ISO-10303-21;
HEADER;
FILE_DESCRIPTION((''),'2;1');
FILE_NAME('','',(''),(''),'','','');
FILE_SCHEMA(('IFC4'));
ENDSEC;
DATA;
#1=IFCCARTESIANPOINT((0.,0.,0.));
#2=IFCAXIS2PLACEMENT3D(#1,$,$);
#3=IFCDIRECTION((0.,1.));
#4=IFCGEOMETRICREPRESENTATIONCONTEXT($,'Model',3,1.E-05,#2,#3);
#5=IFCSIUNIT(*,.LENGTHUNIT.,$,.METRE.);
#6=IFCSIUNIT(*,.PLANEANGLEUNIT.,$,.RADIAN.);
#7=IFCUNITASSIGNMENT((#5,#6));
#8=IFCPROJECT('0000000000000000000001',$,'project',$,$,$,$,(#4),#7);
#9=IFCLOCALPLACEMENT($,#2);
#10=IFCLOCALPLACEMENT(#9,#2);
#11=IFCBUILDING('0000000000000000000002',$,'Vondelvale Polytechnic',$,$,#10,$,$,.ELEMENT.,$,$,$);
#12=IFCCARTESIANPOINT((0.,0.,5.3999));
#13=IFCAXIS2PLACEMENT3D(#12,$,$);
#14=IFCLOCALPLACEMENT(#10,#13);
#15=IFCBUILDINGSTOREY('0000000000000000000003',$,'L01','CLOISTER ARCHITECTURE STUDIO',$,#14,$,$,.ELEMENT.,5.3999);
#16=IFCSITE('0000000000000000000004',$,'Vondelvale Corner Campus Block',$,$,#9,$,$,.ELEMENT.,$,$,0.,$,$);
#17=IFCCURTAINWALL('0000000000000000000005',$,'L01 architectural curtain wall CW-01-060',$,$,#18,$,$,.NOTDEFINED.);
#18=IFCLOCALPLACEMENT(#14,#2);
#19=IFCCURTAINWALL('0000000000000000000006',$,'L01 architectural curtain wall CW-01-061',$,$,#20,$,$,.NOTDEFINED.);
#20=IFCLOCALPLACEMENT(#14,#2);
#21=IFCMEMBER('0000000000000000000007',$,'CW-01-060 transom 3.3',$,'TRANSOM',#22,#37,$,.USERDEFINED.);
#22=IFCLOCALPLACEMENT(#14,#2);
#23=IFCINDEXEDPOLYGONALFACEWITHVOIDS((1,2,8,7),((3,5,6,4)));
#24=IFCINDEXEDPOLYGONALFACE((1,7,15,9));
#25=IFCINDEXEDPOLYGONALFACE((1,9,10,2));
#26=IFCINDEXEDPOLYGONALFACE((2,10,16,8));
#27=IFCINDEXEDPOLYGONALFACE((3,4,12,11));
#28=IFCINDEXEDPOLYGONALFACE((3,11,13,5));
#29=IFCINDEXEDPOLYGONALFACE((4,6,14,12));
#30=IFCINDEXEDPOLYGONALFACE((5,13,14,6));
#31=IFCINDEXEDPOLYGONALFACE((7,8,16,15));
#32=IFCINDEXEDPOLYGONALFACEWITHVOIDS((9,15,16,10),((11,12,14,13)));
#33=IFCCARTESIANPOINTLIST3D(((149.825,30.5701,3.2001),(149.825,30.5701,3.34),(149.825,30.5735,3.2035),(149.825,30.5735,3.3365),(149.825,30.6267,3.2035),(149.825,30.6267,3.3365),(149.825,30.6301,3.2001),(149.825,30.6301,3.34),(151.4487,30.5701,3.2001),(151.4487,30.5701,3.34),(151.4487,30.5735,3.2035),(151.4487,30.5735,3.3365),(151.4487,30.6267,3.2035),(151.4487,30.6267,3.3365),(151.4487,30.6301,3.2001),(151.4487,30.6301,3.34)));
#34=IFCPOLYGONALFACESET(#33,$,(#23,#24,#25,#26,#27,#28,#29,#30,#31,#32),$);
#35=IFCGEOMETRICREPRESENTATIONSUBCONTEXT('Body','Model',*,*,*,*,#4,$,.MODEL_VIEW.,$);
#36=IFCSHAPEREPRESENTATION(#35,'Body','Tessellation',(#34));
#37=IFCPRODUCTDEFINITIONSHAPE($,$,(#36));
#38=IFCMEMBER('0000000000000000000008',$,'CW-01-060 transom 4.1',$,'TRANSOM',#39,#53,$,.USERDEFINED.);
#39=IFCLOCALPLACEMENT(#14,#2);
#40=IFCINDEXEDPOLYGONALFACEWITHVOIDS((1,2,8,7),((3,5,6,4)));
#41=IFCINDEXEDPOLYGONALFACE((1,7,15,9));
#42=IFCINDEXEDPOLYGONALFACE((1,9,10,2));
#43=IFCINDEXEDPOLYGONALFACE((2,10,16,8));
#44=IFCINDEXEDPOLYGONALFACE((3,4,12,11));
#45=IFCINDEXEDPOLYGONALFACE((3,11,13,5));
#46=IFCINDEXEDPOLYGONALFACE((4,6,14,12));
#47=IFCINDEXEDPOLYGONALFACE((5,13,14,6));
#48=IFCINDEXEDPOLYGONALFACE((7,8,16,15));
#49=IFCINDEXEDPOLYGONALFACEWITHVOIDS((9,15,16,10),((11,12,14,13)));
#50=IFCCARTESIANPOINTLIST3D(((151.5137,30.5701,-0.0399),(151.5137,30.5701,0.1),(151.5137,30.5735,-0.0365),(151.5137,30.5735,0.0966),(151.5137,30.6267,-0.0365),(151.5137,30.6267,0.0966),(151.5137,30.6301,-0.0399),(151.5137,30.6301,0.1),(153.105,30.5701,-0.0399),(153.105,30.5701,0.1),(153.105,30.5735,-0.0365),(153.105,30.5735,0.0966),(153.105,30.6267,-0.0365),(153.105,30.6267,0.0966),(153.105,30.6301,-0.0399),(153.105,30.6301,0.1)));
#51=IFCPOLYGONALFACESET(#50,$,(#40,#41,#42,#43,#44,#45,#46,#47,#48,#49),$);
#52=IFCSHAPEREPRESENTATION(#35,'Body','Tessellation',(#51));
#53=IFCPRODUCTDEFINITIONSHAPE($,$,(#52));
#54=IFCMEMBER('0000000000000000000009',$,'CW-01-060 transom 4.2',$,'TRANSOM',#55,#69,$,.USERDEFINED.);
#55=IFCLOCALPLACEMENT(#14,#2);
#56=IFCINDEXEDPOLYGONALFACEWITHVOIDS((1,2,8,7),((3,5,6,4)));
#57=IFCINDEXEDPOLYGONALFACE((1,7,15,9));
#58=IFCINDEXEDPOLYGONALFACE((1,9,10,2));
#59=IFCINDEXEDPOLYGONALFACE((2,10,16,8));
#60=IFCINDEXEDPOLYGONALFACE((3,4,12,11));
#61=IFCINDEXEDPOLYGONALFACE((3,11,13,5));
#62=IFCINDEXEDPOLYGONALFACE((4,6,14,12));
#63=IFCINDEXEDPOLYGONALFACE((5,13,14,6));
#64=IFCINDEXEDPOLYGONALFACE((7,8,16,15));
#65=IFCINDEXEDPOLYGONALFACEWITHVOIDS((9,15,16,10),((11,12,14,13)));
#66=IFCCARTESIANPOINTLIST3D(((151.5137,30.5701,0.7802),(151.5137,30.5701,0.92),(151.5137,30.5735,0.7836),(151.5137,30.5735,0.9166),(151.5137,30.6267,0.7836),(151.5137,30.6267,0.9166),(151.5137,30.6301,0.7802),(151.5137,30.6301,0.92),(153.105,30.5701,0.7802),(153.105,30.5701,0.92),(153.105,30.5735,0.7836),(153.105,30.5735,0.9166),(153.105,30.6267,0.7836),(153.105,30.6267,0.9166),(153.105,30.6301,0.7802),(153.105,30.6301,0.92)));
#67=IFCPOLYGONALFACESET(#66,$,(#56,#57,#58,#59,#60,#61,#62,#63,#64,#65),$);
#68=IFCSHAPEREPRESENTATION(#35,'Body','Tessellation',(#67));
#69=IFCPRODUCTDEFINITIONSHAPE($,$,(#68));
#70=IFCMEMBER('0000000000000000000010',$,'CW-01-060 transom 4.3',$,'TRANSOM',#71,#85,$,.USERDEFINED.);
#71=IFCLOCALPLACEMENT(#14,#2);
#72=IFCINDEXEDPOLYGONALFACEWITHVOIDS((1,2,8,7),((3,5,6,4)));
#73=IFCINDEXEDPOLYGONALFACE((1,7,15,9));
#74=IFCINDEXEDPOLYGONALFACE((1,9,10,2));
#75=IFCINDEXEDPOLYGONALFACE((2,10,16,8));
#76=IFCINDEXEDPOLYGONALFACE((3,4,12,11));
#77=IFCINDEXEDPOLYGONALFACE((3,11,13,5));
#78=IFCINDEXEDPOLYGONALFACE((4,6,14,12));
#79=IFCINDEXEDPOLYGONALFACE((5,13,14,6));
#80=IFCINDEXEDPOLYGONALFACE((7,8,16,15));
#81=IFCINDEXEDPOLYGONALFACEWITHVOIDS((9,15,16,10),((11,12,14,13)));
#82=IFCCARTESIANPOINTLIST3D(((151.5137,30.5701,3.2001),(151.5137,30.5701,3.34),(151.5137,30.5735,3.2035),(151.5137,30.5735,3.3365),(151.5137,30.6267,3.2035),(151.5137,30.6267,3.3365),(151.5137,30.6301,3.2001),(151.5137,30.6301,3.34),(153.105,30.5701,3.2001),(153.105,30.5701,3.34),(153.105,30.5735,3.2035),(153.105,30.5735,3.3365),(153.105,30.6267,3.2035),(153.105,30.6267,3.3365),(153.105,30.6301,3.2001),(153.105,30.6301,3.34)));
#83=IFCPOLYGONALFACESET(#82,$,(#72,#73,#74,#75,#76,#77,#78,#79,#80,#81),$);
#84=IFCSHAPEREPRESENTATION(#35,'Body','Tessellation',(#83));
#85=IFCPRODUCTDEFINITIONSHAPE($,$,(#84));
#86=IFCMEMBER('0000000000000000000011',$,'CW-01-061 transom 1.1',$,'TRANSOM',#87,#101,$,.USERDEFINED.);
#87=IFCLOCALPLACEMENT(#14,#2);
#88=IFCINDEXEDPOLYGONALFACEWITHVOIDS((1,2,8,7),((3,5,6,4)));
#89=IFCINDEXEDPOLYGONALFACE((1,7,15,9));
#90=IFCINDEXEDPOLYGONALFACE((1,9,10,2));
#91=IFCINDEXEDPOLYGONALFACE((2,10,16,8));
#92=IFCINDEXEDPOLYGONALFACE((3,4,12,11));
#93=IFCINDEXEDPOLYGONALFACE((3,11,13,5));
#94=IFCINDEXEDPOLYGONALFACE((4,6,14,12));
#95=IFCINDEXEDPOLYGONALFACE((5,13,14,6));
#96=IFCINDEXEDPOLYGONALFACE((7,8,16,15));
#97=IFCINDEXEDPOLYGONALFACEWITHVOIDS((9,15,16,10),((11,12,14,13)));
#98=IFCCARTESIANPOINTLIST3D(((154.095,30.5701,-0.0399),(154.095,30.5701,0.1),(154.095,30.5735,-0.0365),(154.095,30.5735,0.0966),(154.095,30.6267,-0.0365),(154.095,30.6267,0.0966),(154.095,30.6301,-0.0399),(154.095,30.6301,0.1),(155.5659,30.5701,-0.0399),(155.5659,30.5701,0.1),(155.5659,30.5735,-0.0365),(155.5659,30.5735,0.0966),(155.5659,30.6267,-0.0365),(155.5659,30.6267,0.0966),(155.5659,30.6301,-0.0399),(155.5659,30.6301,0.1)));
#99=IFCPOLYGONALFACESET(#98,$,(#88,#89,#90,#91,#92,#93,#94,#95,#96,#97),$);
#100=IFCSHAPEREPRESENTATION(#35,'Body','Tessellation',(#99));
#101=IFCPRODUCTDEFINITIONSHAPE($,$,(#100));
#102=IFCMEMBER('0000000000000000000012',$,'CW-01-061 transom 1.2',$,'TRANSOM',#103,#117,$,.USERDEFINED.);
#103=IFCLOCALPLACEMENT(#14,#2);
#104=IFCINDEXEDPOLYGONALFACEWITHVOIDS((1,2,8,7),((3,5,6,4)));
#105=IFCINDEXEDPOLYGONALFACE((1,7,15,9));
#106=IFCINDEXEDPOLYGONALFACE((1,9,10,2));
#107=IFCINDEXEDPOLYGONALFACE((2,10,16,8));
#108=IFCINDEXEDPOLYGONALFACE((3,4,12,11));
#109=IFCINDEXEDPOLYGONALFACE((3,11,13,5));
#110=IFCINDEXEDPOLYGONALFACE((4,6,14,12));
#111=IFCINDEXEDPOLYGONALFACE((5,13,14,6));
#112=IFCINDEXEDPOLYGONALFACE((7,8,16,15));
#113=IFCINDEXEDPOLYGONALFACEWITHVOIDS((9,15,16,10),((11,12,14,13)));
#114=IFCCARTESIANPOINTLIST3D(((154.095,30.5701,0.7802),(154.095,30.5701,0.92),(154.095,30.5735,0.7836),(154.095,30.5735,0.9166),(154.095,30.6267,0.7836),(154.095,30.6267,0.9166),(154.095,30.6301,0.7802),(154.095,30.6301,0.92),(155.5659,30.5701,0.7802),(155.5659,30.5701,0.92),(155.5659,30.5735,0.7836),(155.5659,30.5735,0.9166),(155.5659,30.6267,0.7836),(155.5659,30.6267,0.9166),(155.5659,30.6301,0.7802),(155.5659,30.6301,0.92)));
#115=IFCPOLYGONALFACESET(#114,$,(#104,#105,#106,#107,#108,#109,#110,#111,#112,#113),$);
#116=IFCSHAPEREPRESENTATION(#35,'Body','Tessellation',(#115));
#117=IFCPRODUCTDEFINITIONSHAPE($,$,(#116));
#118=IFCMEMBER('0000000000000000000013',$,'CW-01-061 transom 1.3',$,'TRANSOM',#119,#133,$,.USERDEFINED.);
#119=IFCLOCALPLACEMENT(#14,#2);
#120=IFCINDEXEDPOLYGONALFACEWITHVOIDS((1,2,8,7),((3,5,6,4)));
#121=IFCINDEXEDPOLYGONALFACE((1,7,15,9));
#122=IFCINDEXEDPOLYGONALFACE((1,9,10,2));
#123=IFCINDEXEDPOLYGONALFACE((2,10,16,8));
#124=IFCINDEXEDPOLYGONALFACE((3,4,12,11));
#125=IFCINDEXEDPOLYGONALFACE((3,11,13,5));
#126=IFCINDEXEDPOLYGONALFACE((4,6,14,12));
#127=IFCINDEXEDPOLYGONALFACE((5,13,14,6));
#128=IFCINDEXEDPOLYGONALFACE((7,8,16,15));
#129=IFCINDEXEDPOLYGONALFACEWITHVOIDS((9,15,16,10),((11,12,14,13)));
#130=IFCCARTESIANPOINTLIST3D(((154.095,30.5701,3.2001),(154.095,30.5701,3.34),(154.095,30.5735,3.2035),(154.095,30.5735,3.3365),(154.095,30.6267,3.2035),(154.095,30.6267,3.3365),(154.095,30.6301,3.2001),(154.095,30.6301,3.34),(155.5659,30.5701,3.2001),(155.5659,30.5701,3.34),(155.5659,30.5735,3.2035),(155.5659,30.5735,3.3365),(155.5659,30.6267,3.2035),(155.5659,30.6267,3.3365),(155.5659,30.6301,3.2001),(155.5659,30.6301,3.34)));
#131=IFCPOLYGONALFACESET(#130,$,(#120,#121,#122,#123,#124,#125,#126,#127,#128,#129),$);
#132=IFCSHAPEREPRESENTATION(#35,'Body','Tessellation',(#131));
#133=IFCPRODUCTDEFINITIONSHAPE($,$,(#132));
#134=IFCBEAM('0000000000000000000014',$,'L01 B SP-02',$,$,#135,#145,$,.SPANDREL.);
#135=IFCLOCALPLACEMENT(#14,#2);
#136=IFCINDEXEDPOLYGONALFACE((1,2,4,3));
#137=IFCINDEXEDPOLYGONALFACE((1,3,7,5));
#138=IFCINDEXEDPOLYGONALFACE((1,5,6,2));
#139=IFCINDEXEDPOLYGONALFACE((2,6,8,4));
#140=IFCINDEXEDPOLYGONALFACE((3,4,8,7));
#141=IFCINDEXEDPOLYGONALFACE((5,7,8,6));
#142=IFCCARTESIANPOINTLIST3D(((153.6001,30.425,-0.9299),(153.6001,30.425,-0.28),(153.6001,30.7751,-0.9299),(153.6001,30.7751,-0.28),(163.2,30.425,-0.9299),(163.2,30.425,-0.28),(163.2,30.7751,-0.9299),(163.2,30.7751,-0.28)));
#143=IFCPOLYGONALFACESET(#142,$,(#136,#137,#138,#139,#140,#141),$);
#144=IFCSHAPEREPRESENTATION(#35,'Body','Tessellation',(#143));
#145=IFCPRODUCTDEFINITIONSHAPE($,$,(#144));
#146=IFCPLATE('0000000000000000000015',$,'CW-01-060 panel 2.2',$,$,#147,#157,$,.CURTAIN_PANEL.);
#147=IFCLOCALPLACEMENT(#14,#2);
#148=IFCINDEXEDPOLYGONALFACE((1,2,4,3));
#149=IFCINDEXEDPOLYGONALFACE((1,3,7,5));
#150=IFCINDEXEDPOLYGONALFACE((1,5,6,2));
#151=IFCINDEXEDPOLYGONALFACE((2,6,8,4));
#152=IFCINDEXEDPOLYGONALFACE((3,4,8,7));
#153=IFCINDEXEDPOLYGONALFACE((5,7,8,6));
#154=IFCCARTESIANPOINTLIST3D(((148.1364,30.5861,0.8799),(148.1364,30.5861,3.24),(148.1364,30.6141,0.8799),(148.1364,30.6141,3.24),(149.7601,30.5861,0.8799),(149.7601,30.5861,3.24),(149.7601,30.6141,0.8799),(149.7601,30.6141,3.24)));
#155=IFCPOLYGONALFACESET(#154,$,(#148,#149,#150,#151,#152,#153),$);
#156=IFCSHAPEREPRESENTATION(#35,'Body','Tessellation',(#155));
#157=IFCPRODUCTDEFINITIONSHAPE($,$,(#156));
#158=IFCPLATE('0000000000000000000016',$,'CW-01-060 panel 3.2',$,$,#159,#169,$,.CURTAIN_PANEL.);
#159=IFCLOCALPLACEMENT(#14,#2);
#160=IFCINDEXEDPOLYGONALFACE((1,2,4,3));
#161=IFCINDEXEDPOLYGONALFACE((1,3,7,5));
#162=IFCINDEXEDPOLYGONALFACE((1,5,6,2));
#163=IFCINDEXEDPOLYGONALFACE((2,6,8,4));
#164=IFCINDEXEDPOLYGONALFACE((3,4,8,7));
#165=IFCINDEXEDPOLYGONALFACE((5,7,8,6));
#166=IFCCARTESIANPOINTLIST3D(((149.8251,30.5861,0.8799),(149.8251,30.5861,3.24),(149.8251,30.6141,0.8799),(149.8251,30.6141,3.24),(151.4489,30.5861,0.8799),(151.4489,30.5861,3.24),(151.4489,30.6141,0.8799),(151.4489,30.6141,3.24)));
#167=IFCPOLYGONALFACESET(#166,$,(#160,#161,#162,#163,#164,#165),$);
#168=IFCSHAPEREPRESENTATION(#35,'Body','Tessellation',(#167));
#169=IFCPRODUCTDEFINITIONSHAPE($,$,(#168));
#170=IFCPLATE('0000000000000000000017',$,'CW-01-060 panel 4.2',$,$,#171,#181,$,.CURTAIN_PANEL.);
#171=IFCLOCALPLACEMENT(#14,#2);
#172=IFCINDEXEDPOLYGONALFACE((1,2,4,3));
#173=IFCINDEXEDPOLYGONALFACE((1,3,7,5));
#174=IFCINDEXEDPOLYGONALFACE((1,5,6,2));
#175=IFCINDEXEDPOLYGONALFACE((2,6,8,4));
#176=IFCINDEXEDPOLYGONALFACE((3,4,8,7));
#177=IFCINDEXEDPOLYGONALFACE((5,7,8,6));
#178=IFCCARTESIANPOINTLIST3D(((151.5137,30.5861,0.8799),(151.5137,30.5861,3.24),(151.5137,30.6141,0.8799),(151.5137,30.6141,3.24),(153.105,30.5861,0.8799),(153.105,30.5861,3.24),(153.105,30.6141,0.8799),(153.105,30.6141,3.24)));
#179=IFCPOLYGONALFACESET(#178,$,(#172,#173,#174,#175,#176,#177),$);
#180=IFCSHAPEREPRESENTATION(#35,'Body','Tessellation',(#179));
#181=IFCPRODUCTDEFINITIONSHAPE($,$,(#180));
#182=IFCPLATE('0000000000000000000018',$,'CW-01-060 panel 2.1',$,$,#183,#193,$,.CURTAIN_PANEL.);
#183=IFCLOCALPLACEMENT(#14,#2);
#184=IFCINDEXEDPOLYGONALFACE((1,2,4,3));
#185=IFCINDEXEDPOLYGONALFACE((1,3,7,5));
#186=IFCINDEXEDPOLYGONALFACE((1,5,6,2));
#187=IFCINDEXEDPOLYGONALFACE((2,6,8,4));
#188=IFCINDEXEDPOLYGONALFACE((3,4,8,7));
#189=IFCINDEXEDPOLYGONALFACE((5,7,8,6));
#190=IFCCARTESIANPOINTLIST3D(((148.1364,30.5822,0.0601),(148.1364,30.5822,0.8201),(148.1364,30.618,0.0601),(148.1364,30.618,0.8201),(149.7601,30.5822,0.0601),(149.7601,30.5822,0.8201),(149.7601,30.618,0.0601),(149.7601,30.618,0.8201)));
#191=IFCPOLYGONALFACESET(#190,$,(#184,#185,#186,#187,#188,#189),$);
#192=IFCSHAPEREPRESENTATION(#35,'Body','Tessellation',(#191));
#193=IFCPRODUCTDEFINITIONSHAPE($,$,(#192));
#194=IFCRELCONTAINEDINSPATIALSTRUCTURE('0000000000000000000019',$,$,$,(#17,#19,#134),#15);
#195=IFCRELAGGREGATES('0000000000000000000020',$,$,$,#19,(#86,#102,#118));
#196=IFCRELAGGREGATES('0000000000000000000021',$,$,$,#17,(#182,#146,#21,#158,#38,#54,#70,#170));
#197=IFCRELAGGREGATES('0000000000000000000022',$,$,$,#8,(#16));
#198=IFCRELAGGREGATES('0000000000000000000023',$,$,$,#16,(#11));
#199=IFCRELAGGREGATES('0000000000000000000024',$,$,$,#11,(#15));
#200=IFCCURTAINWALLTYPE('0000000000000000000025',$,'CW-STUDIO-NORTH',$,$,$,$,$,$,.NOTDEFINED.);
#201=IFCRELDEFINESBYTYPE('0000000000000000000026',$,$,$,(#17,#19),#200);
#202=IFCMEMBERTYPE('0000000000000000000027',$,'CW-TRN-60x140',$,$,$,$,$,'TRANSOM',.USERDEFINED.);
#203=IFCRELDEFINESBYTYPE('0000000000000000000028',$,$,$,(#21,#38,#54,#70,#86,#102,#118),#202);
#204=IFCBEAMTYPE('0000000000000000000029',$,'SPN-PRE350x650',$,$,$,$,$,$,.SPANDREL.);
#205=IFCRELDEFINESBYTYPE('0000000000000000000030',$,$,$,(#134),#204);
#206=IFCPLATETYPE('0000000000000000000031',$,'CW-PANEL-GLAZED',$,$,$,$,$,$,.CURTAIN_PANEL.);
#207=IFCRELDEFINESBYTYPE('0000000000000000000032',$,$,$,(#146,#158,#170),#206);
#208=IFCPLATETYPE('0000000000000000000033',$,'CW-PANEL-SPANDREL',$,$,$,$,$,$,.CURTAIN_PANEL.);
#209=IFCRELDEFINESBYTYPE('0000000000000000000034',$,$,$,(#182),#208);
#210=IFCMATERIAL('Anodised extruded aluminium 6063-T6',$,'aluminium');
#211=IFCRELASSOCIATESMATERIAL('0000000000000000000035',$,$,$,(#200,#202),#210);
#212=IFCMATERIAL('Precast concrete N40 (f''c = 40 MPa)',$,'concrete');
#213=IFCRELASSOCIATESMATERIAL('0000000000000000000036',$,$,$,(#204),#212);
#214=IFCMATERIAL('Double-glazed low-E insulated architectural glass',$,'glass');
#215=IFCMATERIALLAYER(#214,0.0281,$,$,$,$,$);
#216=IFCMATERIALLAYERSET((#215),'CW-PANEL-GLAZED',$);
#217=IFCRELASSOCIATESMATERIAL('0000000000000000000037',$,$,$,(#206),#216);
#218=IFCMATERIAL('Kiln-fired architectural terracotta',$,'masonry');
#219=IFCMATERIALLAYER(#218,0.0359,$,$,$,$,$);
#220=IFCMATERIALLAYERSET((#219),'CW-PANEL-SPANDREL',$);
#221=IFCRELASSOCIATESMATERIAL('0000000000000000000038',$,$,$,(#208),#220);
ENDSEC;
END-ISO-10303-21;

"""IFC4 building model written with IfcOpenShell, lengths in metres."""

from ifc_helpers import new_model, si_unit, direction, frame, origin, origin_2d, place, context, subcontext, project, spatial, rectangle, hollow_rectangle, extrude, material, layer, layer_set, material_profile, profile_set, type_object, element, aggregate, save


model = new_model("IFC4")

# Units and contexts
model_context = context("Model", 3, precision=1e-05, world=origin(), true_north=direction((0.0, 1.0)))
body_context = subcontext(model_context, "Body", "Model", "MODEL_VIEW")
ifc_project = project(units=[si_unit("LENGTHUNIT", "METRE"), si_unit("PLANEANGLEUNIT", "RADIAN")], contexts=[model_context])

# Site, building, storey
site_placement = place(None, origin())
site = spatial("IfcSite", under=ifc_project, at=site_placement, Name="Vondelvale Corner Campus Block", CompositionType="ELEMENT", RefElevation=0.0)
building_placement = place(site_placement, origin())
building = spatial("IfcBuilding", under=site, at=building_placement, Name="Vondelvale Polytechnic", CompositionType="ELEMENT")
storey_placement = place(building_placement, frame((0.0, 0.0, 5.3999)))
storey = spatial("IfcBuildingStorey", under=building, at=storey_placement, Name="L01", Description="CLOISTER ARCHITECTURE STUDIO", CompositionType="ELEMENT", Elevation=5.3999)

# Curtain wall
ifc_material_1 = material(Name="Anodised extruded aluminium 6063-T6", Category="aluminium")
curtain_wall_type = type_object("IfcCurtainWallType", Name="CW-STUDIO-NORTH", PredefinedType="NOTDEFINED", material=ifc_material_1)
curtain_wall_1_placement = place(storey_placement, origin())
curtain_wall_1 = element("IfcCurtainWall", 1, at=curtain_wall_1_placement, inside=storey, type_object=curtain_wall_type, Name="L01 architectural curtain wall CW-01-060", PredefinedType="NOTDEFINED")

# Curtain wall
curtain_wall_2_placement = place(storey_placement, origin())
curtain_wall_2 = element("IfcCurtainWall", 2, at=curtain_wall_2_placement, inside=storey, type_object=curtain_wall_type, Name="L01 architectural curtain wall CW-01-061", PredefinedType="NOTDEFINED")

# Members
ifc_material_profile_1 = material_profile(ifc_material_1, hollow_rectangle(XDim=0.0601, YDim=0.1399, WallThickness=0.0034, at=origin_2d()), Name="CW-TRN-140x60")
ifc_profile_set_1 = profile_set([ifc_material_profile_1], Name="Anodised extruded aluminium 6063-T6")
member_type_1 = type_object("IfcMemberType", Name="CW-TRN-60x140", ElementType="TRANSOM", PredefinedType="USERDEFINED", material=ifc_profile_set_1)
member_1_placement = place(storey_placement, frame((149.825, 30.6001, 3.27), z_axis=(1.0, 0.0, 0.0), x_axis=(0.0, 1.0, 0.0)))
member_1 = element("IfcMember", 3, at=member_1_placement, type_object=member_type_1, Name="CW-01-060 transom 3.3", ObjectType="TRANSOM", PredefinedType="USERDEFINED", context=body_context, shape_type="SweptSolid", body=[
    extrude(hollow_rectangle(XDim=0.0601, YDim=0.1399, WallThickness=0.0034, at=origin_2d()), origin(), (0.0, 0.0, 1.0), 1.6238),
])
member_2_placement = place(storey_placement, frame((151.5137, 30.6001, 0.03), z_axis=(1.0, 0.0, 0.0), x_axis=(0.0, 1.0, 0.0)))
member_2 = element("IfcMember", 4, at=member_2_placement, type_object=member_type_1, Name="CW-01-060 transom 4.1", ObjectType="TRANSOM", PredefinedType="USERDEFINED", context=body_context, shape_type="SweptSolid", body=[
    extrude(hollow_rectangle(XDim=0.0601, YDim=0.1399, WallThickness=0.0034, at=origin_2d()), origin(), (0.0, 0.0, 1.0), 1.5913),
])
member_3_placement = place(storey_placement, frame((151.5137, 30.6001, 0.8501), z_axis=(1.0, 0.0, 0.0), x_axis=(0.0, 1.0, 0.0)))
member_3 = element("IfcMember", 5, at=member_3_placement, type_object=member_type_1, Name="CW-01-060 transom 4.2", ObjectType="TRANSOM", PredefinedType="USERDEFINED", context=body_context, shape_type="SweptSolid", body=[
    extrude(hollow_rectangle(XDim=0.0601, YDim=0.1399, WallThickness=0.0034, at=origin_2d()), origin(), (0.0, 0.0, 1.0), 1.5913),
])
member_4_placement = place(storey_placement, frame((151.5137, 30.6001, 3.27), z_axis=(1.0, 0.0, 0.0), x_axis=(0.0, 1.0, 0.0)))
member_4 = element("IfcMember", 6, at=member_4_placement, type_object=member_type_1, Name="CW-01-060 transom 4.3", ObjectType="TRANSOM", PredefinedType="USERDEFINED", context=body_context, shape_type="SweptSolid", body=[
    extrude(hollow_rectangle(XDim=0.0601, YDim=0.1399, WallThickness=0.0034, at=origin_2d()), origin(), (0.0, 0.0, 1.0), 1.5913),
])
member_5_placement = place(storey_placement, frame((154.095, 30.6001, 0.03), z_axis=(1.0, 0.0, 0.0), x_axis=(0.0, 1.0, 0.0)))
member_5 = element("IfcMember", 7, at=member_5_placement, type_object=member_type_1, Name="CW-01-061 transom 1.1", ObjectType="TRANSOM", PredefinedType="USERDEFINED", context=body_context, shape_type="SweptSolid", body=[
    extrude(hollow_rectangle(XDim=0.0601, YDim=0.1399, WallThickness=0.0034, at=origin_2d()), origin(), (0.0, 0.0, 1.0), 1.4709),
])
member_6_placement = place(storey_placement, frame((154.095, 30.6001, 0.8501), z_axis=(1.0, 0.0, 0.0), x_axis=(0.0, 1.0, 0.0)))
member_6 = element("IfcMember", 8, at=member_6_placement, type_object=member_type_1, Name="CW-01-061 transom 1.2", ObjectType="TRANSOM", PredefinedType="USERDEFINED", context=body_context, shape_type="SweptSolid", body=[
    extrude(hollow_rectangle(XDim=0.0601, YDim=0.1399, WallThickness=0.0034, at=origin_2d()), origin(), (0.0, 0.0, 1.0), 1.4709),
])
member_7_placement = place(storey_placement, frame((154.095, 30.6001, 3.27), z_axis=(1.0, 0.0, 0.0), x_axis=(0.0, 1.0, 0.0)))
member_7 = element("IfcMember", 9, at=member_7_placement, type_object=member_type_1, Name="CW-01-061 transom 1.3", ObjectType="TRANSOM", PredefinedType="USERDEFINED", context=body_context, shape_type="SweptSolid", body=[
    extrude(hollow_rectangle(XDim=0.0601, YDim=0.1399, WallThickness=0.0034, at=origin_2d()), origin(), (0.0, 0.0, 1.0), 1.4709),
])
aggregate(curtain_wall_2, [member_5, member_6, member_7])

# Beam
ifc_material_2 = material(Name="Precast concrete N40 (f'c = 40 MPa)", Category="concrete")
ifc_material_profile_2 = material_profile(ifc_material_2, rectangle(XDim=0.3501, YDim=0.6499, at=origin_2d()), Name="RC-SPN-350x650")
ifc_profile_set_2 = profile_set([ifc_material_profile_2], Name="Precast concrete N40 (f'c = 40 MPa)")
beam_type = type_object("IfcBeamType", Name="SPN-PRE350x650", PredefinedType="SPANDREL", material=ifc_profile_set_2)
beam_placement = place(storey_placement, frame((153.6001, 30.6001, -0.605), z_axis=(1.0, 0.0, 0.0), x_axis=(0.0, 1.0, 0.0)))
element("IfcBeam", 10, at=beam_placement, inside=storey, type_object=beam_type, Name="L01 B SP-02", PredefinedType="SPANDREL", context=body_context, shape_type="SweptSolid", body=[
    extrude(rectangle(XDim=0.3501, YDim=0.6499, at=origin_2d()), origin(), (0.0, 0.0, 1.0), 9.5999),
])

# Plates
ifc_material_3 = material(Name="Double-glazed low-E insulated architectural glass", Category="glass")
ifc_layer_1 = layer(ifc_material_3, 0.0281)
ifc_layer_set_1 = layer_set([ifc_layer_1], Name="CW-PANEL-GLAZED")
plate_type_1 = type_object("IfcPlateType", Name="CW-PANEL-GLAZED", PredefinedType="CURTAIN_PANEL", material=ifc_layer_set_1)
plate_1_placement = place(storey_placement, frame((148.9482, 30.6001, 0.8799), z_axis=(0.0, 0.0, 1.0), x_axis=(1.0, 0.0, 0.0)))
plate_1 = element("IfcPlate", 11, at=plate_1_placement, type_object=plate_type_1, Name="CW-01-060 panel 2.2", PredefinedType="CURTAIN_PANEL", context=body_context, shape_type="SweptSolid", body=[
    extrude(rectangle(XDim=1.6238, YDim=0.0281, at=origin_2d()), origin(), (0.0, 0.0, 1.0), 2.3601),
])
plate_2_placement = place(storey_placement, frame((150.637, 30.6001, 0.8799), z_axis=(0.0, 0.0, 1.0), x_axis=(1.0, 0.0, 0.0)))
plate_2 = element("IfcPlate", 12, at=plate_2_placement, type_object=plate_type_1, Name="CW-01-060 panel 3.2", PredefinedType="CURTAIN_PANEL", context=body_context, shape_type="SweptSolid", body=[
    extrude(rectangle(XDim=1.6238, YDim=0.0281, at=origin_2d()), origin(), (0.0, 0.0, 1.0), 2.3601),
])
plate_3_placement = place(storey_placement, frame((152.3093, 30.6001, 0.8799), z_axis=(0.0, 0.0, 1.0), x_axis=(1.0, 0.0, 0.0)))
plate_3 = element("IfcPlate", 13, at=plate_3_placement, type_object=plate_type_1, Name="CW-01-060 panel 4.2", PredefinedType="CURTAIN_PANEL", context=body_context, shape_type="SweptSolid", body=[
    extrude(rectangle(XDim=1.5913, YDim=0.0281, at=origin_2d()), origin(), (0.0, 0.0, 1.0), 2.3601),
])
ifc_material_4 = material(Name="Kiln-fired architectural terracotta", Category="masonry")
ifc_layer_2 = layer(ifc_material_4, 0.0359)
ifc_layer_set_2 = layer_set([ifc_layer_2], Name="CW-PANEL-SPANDREL")
plate_type_2 = type_object("IfcPlateType", Name="CW-PANEL-SPANDREL", PredefinedType="CURTAIN_PANEL", material=ifc_layer_set_2)
plate_4_placement = place(storey_placement, frame((148.9482, 30.6001, 0.0601), z_axis=(0.0, 0.0, 1.0), x_axis=(1.0, 0.0, 0.0)))
plate_4 = element("IfcPlate", 14, at=plate_4_placement, type_object=plate_type_2, Name="CW-01-060 panel 2.1", PredefinedType="CURTAIN_PANEL", context=body_context, shape_type="SweptSolid", body=[
    extrude(rectangle(XDim=1.6238, YDim=0.0359, at=origin_2d()), origin(), (0.0, 0.0, 1.0), 0.76),
])
aggregate(curtain_wall_1, [plate_4, plate_1, member_1, plate_2, member_2, member_3, member_4, plate_3])

save(model, "model.ifc")
